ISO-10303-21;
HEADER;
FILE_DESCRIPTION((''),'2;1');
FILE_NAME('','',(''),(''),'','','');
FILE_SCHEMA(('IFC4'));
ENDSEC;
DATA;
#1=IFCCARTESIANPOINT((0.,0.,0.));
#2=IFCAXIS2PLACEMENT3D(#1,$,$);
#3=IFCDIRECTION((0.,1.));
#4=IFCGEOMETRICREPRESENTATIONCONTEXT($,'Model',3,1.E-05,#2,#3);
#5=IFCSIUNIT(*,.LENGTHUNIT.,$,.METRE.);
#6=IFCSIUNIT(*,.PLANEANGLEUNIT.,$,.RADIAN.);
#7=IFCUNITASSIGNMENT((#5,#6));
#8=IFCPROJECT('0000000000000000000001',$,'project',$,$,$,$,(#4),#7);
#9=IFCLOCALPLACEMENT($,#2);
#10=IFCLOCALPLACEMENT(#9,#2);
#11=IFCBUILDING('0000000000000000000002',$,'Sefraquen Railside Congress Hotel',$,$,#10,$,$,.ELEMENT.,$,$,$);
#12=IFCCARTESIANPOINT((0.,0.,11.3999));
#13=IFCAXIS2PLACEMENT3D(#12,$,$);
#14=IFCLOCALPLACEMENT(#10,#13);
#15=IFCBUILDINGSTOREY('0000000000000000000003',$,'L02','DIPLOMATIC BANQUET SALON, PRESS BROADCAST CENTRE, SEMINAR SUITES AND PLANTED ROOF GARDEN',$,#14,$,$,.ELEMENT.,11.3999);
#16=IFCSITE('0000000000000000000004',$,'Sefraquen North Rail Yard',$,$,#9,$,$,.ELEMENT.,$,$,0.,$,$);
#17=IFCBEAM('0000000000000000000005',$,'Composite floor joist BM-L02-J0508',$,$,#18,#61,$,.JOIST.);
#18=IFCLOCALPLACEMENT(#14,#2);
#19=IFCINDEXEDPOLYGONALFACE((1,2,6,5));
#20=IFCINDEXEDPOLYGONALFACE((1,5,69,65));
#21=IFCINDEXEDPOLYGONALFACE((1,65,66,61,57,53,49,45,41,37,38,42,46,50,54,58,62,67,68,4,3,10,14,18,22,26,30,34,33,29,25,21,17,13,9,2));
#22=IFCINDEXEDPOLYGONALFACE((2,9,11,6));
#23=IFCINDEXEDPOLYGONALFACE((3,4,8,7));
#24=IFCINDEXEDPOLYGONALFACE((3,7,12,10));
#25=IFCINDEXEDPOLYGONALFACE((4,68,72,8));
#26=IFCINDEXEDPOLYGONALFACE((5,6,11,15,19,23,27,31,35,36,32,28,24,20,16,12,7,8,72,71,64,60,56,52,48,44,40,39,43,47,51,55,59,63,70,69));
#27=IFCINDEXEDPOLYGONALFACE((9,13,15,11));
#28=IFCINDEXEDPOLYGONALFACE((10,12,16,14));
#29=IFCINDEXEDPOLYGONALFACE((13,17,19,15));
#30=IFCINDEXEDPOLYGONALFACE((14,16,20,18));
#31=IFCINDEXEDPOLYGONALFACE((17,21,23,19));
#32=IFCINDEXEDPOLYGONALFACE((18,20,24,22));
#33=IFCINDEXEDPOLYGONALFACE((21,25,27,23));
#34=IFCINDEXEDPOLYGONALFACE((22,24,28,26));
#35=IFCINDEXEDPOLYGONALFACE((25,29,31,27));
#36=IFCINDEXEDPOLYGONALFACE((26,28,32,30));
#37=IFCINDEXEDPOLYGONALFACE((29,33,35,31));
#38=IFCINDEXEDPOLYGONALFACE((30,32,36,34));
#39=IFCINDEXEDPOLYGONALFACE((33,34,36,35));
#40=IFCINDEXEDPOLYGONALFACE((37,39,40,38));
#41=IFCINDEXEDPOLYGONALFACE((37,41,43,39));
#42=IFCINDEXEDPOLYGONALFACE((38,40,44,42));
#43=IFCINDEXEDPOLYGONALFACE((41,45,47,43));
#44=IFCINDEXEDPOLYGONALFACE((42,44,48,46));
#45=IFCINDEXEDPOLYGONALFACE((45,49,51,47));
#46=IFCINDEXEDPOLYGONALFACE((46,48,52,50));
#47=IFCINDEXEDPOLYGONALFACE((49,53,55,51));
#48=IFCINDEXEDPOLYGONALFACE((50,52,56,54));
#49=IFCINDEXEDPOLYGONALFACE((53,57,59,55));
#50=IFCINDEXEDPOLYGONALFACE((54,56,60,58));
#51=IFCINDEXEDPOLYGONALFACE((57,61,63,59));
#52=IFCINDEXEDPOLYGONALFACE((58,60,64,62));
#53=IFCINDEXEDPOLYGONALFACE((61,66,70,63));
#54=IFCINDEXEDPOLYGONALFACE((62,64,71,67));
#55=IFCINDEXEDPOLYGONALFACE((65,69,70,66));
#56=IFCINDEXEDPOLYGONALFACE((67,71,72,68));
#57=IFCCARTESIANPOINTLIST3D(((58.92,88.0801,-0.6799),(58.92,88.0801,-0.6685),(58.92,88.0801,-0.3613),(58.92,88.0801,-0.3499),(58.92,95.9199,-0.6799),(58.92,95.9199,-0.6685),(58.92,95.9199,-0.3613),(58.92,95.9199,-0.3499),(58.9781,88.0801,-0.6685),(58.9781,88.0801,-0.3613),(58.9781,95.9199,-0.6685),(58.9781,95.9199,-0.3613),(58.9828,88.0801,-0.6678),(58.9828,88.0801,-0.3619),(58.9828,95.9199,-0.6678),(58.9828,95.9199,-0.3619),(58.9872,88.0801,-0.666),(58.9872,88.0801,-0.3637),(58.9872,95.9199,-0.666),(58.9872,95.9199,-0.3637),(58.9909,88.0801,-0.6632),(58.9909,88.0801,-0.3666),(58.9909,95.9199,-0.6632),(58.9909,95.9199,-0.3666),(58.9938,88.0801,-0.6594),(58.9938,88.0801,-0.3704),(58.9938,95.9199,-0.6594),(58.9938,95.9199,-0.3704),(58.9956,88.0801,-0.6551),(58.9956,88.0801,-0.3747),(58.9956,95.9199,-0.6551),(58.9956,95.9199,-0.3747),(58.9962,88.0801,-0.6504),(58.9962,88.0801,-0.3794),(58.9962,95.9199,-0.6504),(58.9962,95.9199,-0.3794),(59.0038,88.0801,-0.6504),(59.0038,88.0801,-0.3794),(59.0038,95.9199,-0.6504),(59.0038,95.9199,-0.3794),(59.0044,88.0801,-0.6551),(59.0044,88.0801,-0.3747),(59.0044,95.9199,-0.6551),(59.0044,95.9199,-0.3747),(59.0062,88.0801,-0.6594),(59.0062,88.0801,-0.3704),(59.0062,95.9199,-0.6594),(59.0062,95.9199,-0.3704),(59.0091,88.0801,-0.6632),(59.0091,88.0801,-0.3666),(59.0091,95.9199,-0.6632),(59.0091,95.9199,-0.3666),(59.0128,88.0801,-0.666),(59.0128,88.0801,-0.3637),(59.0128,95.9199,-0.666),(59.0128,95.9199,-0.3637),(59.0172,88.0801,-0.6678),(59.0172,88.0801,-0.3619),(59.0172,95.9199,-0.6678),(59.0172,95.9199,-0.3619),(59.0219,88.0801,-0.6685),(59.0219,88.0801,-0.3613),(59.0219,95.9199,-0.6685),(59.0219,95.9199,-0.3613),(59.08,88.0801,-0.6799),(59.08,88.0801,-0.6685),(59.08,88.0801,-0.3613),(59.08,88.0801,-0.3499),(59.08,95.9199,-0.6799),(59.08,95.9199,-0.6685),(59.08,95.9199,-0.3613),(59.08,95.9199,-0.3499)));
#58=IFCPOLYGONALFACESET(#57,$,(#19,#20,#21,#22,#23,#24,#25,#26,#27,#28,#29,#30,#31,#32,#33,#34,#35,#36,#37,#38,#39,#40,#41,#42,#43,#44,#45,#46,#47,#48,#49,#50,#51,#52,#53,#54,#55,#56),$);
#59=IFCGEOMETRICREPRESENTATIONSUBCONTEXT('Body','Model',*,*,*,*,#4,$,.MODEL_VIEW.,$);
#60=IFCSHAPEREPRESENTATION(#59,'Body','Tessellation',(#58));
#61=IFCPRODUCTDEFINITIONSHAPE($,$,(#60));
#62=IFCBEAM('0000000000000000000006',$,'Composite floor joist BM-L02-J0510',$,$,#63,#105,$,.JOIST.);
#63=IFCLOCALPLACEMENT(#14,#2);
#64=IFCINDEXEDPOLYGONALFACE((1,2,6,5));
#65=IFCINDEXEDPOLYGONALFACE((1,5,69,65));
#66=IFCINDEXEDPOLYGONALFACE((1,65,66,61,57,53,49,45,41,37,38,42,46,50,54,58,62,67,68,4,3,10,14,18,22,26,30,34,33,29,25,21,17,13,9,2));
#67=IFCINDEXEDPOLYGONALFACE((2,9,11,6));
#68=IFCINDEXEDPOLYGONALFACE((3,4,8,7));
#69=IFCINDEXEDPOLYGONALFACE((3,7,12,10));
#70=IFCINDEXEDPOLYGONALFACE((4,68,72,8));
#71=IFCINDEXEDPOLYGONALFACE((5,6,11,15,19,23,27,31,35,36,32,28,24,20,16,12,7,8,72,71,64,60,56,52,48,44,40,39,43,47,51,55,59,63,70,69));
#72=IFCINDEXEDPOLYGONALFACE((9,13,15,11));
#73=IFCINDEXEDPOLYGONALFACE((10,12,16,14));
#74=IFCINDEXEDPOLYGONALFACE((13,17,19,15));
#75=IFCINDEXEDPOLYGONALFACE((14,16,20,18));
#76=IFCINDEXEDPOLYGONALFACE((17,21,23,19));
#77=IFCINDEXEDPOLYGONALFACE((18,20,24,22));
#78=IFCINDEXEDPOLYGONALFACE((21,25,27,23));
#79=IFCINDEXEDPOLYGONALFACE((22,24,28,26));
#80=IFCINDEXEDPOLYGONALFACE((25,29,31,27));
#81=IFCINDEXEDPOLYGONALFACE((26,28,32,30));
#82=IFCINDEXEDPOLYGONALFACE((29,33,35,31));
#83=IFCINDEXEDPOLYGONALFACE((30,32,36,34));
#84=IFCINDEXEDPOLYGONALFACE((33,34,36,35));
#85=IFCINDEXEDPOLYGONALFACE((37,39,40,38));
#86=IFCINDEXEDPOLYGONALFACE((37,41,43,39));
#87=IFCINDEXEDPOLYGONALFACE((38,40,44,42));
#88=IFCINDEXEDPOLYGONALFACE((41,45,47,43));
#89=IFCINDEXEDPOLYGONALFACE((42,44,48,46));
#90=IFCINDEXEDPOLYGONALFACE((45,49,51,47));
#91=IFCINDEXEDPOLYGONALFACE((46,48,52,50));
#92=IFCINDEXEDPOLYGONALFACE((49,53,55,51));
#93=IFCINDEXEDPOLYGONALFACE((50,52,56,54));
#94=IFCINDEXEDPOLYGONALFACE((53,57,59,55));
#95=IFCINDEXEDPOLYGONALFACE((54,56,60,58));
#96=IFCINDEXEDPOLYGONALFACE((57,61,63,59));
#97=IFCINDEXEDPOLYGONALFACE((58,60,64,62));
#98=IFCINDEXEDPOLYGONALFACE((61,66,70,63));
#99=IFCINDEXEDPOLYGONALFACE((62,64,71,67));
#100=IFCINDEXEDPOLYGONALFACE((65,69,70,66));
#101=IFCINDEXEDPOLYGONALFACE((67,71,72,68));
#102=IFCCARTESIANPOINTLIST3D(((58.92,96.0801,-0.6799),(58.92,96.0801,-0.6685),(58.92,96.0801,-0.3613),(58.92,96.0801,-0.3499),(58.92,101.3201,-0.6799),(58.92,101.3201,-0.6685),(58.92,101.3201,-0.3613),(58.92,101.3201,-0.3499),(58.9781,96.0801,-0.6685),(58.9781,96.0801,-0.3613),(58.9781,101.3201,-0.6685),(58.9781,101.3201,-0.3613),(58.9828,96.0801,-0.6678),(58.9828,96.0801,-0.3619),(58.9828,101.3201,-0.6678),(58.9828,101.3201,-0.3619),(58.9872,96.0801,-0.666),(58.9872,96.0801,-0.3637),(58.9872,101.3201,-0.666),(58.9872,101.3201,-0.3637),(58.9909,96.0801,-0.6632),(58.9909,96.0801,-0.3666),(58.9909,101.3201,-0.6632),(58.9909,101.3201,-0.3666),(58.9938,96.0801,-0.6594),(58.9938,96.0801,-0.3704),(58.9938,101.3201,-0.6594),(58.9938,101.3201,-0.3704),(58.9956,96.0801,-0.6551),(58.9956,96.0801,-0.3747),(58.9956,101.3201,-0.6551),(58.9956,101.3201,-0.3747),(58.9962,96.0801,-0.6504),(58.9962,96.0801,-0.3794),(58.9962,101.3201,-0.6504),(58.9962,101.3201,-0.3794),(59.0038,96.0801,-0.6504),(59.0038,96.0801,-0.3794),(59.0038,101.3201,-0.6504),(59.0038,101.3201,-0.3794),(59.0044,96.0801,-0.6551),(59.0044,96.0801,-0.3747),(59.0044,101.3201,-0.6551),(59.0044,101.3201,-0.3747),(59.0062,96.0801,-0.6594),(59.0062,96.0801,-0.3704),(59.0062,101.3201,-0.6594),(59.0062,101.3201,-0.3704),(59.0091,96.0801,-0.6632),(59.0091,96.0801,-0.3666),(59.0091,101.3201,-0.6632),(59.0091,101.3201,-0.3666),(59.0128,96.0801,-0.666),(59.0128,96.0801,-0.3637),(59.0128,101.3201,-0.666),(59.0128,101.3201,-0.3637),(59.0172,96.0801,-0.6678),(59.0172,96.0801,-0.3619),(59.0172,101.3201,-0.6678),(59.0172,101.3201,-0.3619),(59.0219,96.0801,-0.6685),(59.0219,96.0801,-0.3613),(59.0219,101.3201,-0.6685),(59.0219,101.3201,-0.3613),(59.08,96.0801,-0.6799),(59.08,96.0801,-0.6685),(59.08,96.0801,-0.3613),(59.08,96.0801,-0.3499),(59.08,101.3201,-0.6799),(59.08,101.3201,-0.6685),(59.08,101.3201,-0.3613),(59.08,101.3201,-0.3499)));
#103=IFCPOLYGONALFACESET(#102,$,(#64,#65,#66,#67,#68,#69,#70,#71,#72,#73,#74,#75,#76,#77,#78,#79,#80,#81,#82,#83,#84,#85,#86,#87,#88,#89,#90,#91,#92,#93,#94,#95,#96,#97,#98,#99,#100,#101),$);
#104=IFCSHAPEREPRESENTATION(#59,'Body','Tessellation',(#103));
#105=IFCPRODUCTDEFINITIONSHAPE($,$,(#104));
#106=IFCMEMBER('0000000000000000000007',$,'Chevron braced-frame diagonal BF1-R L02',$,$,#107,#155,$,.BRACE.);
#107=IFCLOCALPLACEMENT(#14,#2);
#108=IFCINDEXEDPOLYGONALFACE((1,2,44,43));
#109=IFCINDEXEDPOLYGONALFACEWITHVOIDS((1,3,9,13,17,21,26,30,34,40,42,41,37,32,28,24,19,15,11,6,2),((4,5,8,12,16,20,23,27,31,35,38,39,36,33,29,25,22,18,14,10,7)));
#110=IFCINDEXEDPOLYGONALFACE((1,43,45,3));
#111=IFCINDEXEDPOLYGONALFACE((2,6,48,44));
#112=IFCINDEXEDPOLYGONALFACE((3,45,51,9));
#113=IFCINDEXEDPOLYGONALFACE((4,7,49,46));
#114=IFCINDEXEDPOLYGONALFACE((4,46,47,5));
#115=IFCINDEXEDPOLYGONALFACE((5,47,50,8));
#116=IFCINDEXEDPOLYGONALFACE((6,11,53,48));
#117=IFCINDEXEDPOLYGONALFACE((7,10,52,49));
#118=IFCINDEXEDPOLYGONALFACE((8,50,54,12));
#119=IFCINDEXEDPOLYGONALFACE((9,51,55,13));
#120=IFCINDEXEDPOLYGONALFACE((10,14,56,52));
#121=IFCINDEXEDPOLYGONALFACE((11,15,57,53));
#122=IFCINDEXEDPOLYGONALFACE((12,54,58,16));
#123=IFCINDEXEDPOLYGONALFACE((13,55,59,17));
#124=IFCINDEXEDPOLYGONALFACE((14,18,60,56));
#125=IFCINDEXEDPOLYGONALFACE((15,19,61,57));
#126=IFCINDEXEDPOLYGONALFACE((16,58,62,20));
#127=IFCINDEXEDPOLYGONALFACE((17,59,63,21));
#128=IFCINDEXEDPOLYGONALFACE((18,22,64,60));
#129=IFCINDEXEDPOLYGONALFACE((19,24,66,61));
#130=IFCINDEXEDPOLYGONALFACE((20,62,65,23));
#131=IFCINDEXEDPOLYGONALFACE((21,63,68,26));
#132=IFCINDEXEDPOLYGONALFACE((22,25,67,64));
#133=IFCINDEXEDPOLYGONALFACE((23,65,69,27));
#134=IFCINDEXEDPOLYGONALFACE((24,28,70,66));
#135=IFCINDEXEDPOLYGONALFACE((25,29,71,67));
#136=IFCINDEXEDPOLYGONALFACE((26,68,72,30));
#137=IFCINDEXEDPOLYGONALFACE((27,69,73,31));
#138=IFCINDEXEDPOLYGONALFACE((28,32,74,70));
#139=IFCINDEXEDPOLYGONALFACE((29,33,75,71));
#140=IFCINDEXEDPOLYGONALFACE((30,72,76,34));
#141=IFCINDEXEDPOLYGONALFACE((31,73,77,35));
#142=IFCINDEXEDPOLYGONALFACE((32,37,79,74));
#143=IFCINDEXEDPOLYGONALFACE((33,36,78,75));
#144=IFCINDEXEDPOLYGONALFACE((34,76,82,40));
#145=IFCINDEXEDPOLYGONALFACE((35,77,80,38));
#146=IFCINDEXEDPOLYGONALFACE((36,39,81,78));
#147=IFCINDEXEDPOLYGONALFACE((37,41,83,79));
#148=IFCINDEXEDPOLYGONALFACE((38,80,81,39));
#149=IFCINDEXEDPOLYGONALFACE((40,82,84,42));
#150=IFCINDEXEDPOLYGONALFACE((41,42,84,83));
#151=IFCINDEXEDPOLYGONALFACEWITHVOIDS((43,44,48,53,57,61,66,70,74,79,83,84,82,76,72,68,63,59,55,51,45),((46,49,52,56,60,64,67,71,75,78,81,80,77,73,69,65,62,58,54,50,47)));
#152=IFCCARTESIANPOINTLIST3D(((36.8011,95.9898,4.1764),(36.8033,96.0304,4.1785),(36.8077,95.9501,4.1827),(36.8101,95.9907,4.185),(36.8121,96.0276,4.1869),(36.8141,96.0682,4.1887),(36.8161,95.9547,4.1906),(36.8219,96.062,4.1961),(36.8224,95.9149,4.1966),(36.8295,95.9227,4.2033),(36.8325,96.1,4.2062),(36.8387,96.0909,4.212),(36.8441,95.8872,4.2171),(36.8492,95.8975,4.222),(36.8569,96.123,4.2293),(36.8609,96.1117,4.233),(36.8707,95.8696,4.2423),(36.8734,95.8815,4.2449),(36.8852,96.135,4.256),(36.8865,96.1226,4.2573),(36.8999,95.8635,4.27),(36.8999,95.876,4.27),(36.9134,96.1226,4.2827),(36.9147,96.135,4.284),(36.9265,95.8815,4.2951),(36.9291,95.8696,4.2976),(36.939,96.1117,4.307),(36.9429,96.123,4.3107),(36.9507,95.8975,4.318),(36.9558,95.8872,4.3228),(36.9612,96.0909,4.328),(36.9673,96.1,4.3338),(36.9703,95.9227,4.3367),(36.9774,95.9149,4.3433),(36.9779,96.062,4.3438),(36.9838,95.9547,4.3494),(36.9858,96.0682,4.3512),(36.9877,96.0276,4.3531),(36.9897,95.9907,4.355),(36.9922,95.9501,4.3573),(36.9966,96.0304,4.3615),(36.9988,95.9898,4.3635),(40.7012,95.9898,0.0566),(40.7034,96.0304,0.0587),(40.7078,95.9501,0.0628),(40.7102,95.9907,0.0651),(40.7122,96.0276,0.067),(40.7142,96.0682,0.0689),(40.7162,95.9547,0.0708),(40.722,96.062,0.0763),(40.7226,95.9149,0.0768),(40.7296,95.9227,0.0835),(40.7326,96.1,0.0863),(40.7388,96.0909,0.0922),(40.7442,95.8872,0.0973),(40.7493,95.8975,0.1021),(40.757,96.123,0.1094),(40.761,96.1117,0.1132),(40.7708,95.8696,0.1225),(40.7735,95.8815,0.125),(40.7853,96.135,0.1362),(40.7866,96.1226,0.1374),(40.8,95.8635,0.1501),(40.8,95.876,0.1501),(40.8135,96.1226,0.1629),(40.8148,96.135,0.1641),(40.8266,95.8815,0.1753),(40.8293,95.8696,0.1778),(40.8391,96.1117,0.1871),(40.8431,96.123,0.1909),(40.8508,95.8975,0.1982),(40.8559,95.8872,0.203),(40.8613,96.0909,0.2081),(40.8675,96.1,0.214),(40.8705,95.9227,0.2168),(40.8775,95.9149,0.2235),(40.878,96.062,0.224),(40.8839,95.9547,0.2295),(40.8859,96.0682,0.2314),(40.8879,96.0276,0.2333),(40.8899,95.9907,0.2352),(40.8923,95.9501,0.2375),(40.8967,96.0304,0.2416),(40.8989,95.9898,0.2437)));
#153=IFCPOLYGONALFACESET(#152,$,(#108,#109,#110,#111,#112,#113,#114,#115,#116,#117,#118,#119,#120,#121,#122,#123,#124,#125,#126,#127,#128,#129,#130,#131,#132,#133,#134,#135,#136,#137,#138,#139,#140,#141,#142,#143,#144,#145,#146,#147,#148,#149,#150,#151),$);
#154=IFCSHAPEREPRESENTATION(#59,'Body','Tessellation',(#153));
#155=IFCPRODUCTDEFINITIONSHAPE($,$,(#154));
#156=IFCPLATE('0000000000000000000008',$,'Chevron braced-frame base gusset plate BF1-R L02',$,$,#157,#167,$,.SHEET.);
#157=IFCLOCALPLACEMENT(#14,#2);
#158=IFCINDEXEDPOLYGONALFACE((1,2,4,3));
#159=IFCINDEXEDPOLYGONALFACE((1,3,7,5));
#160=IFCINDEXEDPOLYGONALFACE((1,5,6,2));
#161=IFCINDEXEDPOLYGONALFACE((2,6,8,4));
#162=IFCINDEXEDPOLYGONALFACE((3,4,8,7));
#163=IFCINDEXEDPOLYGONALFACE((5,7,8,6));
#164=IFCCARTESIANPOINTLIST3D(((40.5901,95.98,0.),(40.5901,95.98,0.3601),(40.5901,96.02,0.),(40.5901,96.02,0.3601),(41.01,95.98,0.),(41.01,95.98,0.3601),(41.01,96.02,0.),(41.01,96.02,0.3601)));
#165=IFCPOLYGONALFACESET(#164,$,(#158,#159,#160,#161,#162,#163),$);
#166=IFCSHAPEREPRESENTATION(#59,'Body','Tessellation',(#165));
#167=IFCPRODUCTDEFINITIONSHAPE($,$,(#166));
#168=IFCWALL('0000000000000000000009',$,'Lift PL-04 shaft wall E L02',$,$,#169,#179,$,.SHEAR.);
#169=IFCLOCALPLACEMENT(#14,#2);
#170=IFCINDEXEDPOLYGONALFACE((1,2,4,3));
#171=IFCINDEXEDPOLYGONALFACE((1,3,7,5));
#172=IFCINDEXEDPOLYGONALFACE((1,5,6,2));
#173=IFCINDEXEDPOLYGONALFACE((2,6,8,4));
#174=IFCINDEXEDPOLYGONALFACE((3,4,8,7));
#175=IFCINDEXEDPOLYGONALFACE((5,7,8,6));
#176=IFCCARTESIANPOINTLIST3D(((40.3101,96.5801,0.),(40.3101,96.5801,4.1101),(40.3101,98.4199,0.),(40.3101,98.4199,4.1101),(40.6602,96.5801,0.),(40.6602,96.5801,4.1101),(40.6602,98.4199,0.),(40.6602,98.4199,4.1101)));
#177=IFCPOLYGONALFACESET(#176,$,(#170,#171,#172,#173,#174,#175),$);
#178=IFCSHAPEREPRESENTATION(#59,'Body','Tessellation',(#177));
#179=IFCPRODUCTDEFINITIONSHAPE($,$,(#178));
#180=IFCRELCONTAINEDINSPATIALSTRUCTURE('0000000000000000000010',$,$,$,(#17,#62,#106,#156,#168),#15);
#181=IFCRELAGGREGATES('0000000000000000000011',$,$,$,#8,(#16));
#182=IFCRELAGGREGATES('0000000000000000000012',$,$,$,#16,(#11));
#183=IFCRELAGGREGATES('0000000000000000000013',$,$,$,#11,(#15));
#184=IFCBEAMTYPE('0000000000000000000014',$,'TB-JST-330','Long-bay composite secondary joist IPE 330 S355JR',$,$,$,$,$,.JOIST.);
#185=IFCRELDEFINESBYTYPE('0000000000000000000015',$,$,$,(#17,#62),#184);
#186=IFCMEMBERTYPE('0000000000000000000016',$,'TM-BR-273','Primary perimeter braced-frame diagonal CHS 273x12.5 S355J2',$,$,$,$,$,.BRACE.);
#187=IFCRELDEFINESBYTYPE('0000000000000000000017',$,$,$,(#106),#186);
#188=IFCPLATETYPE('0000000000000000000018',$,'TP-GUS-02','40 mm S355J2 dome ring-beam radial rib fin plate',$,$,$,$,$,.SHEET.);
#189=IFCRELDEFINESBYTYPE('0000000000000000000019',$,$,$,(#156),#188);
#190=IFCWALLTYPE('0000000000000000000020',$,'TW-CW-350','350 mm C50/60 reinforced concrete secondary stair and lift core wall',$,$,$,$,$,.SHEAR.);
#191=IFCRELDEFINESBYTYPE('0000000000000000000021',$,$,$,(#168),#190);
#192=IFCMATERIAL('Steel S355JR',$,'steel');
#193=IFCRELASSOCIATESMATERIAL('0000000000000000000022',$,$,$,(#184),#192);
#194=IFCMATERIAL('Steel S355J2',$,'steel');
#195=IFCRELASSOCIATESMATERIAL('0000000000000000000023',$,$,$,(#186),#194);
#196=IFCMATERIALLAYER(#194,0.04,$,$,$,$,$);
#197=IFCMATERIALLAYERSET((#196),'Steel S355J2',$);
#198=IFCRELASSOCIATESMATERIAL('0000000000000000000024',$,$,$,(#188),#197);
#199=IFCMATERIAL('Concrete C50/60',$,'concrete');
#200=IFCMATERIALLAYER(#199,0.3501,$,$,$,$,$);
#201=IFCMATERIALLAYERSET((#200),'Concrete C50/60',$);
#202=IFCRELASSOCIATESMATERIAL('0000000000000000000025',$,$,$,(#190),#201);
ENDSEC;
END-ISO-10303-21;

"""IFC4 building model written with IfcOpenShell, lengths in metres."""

from ifc_helpers import new_model, si_unit, direction, frame, frame_2d, origin, origin_2d, place, context, subcontext, project, spatial, rectangle, hollow_circle, i_section, extrude, material, layer, layer_set, material_profile, profile_set, type_object, element, save


model = new_model("IFC4")

# Units and contexts
model_context = context("Model", 3, precision=1e-05, world=origin(), true_north=direction((0.0, 1.0)))
body_context = subcontext(model_context, "Body", "Model", "MODEL_VIEW")
ifc_project = project(units=[si_unit("LENGTHUNIT", "METRE"), si_unit("PLANEANGLEUNIT", "RADIAN")], contexts=[model_context])

# Site, building, storey
site_placement = place(None, origin())
site = spatial("IfcSite", under=ifc_project, at=site_placement, Name="Sefraquen North Rail Yard", CompositionType="ELEMENT", RefElevation=0.0)
building_placement = place(site_placement, origin())
building = spatial("IfcBuilding", under=site, at=building_placement, Name="Sefraquen Railside Congress Hotel", CompositionType="ELEMENT")
storey_placement = place(building_placement, frame((0.0, 0.0, 11.3999)))
storey = spatial("IfcBuildingStorey", under=building, at=storey_placement, Name="L02", Description="DIPLOMATIC BANQUET SALON, PRESS BROADCAST CENTRE, SEMINAR SUITES AND PLANTED ROOF GARDEN", CompositionType="ELEMENT", Elevation=11.3999)

# Shared definitions
ifc_material_1 = material(Name="Steel S355JR", Category="steel")

# Beams
ifc_material_profile_1 = material_profile(ifc_material_1, i_section(OverallWidth=0.1599, OverallDepth=0.3301, WebThickness=0.0076, FlangeThickness=0.0115, FilletRadius=0.0181, at=origin_2d()), Name="IPE 330")
ifc_profile_set_1 = profile_set([ifc_material_profile_1], Name="Steel S355JR")
beam_type_1 = type_object("IfcBeamType", Name="TB-JST-330", Description="Long-bay composite secondary joist IPE 330 S355JR", PredefinedType="JOIST", material=ifc_profile_set_1)
beam_1_placement = place(storey_placement, frame((59.0, 88.0801, -0.5149), z_axis=(0.0, 1.0, 0.0), x_axis=(-1.0, 0.0, 0.0)))
element("IfcBeam", 1, at=beam_1_placement, inside=storey, type_object=beam_type_1, Name="Composite floor joist BM-L02-J0508", PredefinedType="JOIST", context=body_context, shape_type="SweptSolid", body=[
    extrude(i_section(OverallWidth=0.1599, OverallDepth=0.3301, WebThickness=0.0076, FlangeThickness=0.0115, FilletRadius=0.0181, at=origin_2d()), origin(), (0.0, 0.0, 1.0), 7.8398),
])
beam_2_placement = place(storey_placement, frame((59.0, 96.0801, -0.5149), z_axis=(0.0, 1.0, 0.0), x_axis=(-1.0, 0.0, 0.0)))
element("IfcBeam", 2, at=beam_2_placement, inside=storey, type_object=beam_type_1, Name="Composite floor joist BM-L02-J0510", PredefinedType="JOIST", context=body_context, shape_type="SweptSolid", body=[
    extrude(i_section(OverallWidth=0.1599, OverallDepth=0.3301, WebThickness=0.0076, FlangeThickness=0.0115, FilletRadius=0.0181, at=origin_2d()), origin(), (0.0, 0.0, 1.0), 5.24),
])

# Member
ifc_material_2 = material(Name="Steel S355J2", Category="steel")
ifc_material_profile_2 = material_profile(ifc_material_2, hollow_circle(Radius=0.1365, WallThickness=0.0125, at=origin_2d()), Name="CHS 273x12.5")
ifc_profile_set_2 = profile_set([ifc_material_profile_2], Name="Steel S355J2")
member_type = type_object("IfcMemberType", Name="TM-BR-273", Description="Primary perimeter braced-frame diagonal CHS 273x12.5 S355J2", PredefinedType="BRACE", material=ifc_profile_set_2)
member_placement = place(storey_placement, frame((40.8, 96.0, 0.1501), z_axis=(-0.687476, 0.0, 0.726207), x_axis=(0.0, -1.0, 0.0)))
element("IfcMember", 3, at=member_placement, inside=storey, type_object=member_type, Name="Chevron braced-frame diagonal BF1-R L02", PredefinedType="BRACE", context=body_context, shape_type="SweptSolid", body=[
    extrude(hollow_circle(Radius=0.1365, WallThickness=0.0125, at=origin_2d()), origin(), (0.0, 0.0, 1.0), 5.6731),
])

# Plate
ifc_layer_1 = layer(ifc_material_2, 0.04)
ifc_layer_set_1 = layer_set([ifc_layer_1], Name="Steel S355J2")
plate_type = type_object("IfcPlateType", Name="TP-GUS-02", Description="40 mm S355J2 dome ring-beam radial rib fin plate", PredefinedType="SHEET", material=ifc_layer_set_1)
plate_placement = place(storey_placement, frame((40.8, 96.0, 0.0), z_axis=(0.0, 0.0, 1.0), x_axis=(1.0, 0.0, 0.0)))
element("IfcPlate", 4, at=plate_placement, inside=storey, type_object=plate_type, Name="Chevron braced-frame base gusset plate BF1-R L02", PredefinedType="SHEET", context=body_context, shape_type="SweptSolid", body=[
    extrude(rectangle(XDim=0.4199, YDim=0.04, at=origin_2d()), origin(), (0.0, 0.0, 1.0), 0.3601),
])

# Wall
ifc_material_3 = material(Name="Concrete C50/60", Category="concrete")
ifc_layer_2 = layer(ifc_material_3, 0.3501)
ifc_layer_set_2 = layer_set([ifc_layer_2], Name="Concrete C50/60")
wall_type = type_object("IfcWallType", Name="TW-CW-350", Description="350 mm C50/60 reinforced concrete secondary stair and lift core wall", PredefinedType="SHEAR", material=ifc_layer_set_2)
wall_placement = place(storey_placement, frame((40.4851, 96.5801, 0.0), z_axis=(0.0, 0.0, 1.0), x_axis=(0.0, 1.0, 0.0)))
element("IfcWall", 5, at=wall_placement, inside=storey, type_object=wall_type, Name="Lift PL-04 shaft wall E L02", PredefinedType="SHEAR", context=body_context, shape_type="SweptSolid", body=[
    extrude(rectangle(XDim=1.8398, YDim=0.3501, at=frame_2d((0.9199, 0.0))), origin(), (0.0, 0.0, 1.0), 4.1101),
])

save(model, "model.ifc")
